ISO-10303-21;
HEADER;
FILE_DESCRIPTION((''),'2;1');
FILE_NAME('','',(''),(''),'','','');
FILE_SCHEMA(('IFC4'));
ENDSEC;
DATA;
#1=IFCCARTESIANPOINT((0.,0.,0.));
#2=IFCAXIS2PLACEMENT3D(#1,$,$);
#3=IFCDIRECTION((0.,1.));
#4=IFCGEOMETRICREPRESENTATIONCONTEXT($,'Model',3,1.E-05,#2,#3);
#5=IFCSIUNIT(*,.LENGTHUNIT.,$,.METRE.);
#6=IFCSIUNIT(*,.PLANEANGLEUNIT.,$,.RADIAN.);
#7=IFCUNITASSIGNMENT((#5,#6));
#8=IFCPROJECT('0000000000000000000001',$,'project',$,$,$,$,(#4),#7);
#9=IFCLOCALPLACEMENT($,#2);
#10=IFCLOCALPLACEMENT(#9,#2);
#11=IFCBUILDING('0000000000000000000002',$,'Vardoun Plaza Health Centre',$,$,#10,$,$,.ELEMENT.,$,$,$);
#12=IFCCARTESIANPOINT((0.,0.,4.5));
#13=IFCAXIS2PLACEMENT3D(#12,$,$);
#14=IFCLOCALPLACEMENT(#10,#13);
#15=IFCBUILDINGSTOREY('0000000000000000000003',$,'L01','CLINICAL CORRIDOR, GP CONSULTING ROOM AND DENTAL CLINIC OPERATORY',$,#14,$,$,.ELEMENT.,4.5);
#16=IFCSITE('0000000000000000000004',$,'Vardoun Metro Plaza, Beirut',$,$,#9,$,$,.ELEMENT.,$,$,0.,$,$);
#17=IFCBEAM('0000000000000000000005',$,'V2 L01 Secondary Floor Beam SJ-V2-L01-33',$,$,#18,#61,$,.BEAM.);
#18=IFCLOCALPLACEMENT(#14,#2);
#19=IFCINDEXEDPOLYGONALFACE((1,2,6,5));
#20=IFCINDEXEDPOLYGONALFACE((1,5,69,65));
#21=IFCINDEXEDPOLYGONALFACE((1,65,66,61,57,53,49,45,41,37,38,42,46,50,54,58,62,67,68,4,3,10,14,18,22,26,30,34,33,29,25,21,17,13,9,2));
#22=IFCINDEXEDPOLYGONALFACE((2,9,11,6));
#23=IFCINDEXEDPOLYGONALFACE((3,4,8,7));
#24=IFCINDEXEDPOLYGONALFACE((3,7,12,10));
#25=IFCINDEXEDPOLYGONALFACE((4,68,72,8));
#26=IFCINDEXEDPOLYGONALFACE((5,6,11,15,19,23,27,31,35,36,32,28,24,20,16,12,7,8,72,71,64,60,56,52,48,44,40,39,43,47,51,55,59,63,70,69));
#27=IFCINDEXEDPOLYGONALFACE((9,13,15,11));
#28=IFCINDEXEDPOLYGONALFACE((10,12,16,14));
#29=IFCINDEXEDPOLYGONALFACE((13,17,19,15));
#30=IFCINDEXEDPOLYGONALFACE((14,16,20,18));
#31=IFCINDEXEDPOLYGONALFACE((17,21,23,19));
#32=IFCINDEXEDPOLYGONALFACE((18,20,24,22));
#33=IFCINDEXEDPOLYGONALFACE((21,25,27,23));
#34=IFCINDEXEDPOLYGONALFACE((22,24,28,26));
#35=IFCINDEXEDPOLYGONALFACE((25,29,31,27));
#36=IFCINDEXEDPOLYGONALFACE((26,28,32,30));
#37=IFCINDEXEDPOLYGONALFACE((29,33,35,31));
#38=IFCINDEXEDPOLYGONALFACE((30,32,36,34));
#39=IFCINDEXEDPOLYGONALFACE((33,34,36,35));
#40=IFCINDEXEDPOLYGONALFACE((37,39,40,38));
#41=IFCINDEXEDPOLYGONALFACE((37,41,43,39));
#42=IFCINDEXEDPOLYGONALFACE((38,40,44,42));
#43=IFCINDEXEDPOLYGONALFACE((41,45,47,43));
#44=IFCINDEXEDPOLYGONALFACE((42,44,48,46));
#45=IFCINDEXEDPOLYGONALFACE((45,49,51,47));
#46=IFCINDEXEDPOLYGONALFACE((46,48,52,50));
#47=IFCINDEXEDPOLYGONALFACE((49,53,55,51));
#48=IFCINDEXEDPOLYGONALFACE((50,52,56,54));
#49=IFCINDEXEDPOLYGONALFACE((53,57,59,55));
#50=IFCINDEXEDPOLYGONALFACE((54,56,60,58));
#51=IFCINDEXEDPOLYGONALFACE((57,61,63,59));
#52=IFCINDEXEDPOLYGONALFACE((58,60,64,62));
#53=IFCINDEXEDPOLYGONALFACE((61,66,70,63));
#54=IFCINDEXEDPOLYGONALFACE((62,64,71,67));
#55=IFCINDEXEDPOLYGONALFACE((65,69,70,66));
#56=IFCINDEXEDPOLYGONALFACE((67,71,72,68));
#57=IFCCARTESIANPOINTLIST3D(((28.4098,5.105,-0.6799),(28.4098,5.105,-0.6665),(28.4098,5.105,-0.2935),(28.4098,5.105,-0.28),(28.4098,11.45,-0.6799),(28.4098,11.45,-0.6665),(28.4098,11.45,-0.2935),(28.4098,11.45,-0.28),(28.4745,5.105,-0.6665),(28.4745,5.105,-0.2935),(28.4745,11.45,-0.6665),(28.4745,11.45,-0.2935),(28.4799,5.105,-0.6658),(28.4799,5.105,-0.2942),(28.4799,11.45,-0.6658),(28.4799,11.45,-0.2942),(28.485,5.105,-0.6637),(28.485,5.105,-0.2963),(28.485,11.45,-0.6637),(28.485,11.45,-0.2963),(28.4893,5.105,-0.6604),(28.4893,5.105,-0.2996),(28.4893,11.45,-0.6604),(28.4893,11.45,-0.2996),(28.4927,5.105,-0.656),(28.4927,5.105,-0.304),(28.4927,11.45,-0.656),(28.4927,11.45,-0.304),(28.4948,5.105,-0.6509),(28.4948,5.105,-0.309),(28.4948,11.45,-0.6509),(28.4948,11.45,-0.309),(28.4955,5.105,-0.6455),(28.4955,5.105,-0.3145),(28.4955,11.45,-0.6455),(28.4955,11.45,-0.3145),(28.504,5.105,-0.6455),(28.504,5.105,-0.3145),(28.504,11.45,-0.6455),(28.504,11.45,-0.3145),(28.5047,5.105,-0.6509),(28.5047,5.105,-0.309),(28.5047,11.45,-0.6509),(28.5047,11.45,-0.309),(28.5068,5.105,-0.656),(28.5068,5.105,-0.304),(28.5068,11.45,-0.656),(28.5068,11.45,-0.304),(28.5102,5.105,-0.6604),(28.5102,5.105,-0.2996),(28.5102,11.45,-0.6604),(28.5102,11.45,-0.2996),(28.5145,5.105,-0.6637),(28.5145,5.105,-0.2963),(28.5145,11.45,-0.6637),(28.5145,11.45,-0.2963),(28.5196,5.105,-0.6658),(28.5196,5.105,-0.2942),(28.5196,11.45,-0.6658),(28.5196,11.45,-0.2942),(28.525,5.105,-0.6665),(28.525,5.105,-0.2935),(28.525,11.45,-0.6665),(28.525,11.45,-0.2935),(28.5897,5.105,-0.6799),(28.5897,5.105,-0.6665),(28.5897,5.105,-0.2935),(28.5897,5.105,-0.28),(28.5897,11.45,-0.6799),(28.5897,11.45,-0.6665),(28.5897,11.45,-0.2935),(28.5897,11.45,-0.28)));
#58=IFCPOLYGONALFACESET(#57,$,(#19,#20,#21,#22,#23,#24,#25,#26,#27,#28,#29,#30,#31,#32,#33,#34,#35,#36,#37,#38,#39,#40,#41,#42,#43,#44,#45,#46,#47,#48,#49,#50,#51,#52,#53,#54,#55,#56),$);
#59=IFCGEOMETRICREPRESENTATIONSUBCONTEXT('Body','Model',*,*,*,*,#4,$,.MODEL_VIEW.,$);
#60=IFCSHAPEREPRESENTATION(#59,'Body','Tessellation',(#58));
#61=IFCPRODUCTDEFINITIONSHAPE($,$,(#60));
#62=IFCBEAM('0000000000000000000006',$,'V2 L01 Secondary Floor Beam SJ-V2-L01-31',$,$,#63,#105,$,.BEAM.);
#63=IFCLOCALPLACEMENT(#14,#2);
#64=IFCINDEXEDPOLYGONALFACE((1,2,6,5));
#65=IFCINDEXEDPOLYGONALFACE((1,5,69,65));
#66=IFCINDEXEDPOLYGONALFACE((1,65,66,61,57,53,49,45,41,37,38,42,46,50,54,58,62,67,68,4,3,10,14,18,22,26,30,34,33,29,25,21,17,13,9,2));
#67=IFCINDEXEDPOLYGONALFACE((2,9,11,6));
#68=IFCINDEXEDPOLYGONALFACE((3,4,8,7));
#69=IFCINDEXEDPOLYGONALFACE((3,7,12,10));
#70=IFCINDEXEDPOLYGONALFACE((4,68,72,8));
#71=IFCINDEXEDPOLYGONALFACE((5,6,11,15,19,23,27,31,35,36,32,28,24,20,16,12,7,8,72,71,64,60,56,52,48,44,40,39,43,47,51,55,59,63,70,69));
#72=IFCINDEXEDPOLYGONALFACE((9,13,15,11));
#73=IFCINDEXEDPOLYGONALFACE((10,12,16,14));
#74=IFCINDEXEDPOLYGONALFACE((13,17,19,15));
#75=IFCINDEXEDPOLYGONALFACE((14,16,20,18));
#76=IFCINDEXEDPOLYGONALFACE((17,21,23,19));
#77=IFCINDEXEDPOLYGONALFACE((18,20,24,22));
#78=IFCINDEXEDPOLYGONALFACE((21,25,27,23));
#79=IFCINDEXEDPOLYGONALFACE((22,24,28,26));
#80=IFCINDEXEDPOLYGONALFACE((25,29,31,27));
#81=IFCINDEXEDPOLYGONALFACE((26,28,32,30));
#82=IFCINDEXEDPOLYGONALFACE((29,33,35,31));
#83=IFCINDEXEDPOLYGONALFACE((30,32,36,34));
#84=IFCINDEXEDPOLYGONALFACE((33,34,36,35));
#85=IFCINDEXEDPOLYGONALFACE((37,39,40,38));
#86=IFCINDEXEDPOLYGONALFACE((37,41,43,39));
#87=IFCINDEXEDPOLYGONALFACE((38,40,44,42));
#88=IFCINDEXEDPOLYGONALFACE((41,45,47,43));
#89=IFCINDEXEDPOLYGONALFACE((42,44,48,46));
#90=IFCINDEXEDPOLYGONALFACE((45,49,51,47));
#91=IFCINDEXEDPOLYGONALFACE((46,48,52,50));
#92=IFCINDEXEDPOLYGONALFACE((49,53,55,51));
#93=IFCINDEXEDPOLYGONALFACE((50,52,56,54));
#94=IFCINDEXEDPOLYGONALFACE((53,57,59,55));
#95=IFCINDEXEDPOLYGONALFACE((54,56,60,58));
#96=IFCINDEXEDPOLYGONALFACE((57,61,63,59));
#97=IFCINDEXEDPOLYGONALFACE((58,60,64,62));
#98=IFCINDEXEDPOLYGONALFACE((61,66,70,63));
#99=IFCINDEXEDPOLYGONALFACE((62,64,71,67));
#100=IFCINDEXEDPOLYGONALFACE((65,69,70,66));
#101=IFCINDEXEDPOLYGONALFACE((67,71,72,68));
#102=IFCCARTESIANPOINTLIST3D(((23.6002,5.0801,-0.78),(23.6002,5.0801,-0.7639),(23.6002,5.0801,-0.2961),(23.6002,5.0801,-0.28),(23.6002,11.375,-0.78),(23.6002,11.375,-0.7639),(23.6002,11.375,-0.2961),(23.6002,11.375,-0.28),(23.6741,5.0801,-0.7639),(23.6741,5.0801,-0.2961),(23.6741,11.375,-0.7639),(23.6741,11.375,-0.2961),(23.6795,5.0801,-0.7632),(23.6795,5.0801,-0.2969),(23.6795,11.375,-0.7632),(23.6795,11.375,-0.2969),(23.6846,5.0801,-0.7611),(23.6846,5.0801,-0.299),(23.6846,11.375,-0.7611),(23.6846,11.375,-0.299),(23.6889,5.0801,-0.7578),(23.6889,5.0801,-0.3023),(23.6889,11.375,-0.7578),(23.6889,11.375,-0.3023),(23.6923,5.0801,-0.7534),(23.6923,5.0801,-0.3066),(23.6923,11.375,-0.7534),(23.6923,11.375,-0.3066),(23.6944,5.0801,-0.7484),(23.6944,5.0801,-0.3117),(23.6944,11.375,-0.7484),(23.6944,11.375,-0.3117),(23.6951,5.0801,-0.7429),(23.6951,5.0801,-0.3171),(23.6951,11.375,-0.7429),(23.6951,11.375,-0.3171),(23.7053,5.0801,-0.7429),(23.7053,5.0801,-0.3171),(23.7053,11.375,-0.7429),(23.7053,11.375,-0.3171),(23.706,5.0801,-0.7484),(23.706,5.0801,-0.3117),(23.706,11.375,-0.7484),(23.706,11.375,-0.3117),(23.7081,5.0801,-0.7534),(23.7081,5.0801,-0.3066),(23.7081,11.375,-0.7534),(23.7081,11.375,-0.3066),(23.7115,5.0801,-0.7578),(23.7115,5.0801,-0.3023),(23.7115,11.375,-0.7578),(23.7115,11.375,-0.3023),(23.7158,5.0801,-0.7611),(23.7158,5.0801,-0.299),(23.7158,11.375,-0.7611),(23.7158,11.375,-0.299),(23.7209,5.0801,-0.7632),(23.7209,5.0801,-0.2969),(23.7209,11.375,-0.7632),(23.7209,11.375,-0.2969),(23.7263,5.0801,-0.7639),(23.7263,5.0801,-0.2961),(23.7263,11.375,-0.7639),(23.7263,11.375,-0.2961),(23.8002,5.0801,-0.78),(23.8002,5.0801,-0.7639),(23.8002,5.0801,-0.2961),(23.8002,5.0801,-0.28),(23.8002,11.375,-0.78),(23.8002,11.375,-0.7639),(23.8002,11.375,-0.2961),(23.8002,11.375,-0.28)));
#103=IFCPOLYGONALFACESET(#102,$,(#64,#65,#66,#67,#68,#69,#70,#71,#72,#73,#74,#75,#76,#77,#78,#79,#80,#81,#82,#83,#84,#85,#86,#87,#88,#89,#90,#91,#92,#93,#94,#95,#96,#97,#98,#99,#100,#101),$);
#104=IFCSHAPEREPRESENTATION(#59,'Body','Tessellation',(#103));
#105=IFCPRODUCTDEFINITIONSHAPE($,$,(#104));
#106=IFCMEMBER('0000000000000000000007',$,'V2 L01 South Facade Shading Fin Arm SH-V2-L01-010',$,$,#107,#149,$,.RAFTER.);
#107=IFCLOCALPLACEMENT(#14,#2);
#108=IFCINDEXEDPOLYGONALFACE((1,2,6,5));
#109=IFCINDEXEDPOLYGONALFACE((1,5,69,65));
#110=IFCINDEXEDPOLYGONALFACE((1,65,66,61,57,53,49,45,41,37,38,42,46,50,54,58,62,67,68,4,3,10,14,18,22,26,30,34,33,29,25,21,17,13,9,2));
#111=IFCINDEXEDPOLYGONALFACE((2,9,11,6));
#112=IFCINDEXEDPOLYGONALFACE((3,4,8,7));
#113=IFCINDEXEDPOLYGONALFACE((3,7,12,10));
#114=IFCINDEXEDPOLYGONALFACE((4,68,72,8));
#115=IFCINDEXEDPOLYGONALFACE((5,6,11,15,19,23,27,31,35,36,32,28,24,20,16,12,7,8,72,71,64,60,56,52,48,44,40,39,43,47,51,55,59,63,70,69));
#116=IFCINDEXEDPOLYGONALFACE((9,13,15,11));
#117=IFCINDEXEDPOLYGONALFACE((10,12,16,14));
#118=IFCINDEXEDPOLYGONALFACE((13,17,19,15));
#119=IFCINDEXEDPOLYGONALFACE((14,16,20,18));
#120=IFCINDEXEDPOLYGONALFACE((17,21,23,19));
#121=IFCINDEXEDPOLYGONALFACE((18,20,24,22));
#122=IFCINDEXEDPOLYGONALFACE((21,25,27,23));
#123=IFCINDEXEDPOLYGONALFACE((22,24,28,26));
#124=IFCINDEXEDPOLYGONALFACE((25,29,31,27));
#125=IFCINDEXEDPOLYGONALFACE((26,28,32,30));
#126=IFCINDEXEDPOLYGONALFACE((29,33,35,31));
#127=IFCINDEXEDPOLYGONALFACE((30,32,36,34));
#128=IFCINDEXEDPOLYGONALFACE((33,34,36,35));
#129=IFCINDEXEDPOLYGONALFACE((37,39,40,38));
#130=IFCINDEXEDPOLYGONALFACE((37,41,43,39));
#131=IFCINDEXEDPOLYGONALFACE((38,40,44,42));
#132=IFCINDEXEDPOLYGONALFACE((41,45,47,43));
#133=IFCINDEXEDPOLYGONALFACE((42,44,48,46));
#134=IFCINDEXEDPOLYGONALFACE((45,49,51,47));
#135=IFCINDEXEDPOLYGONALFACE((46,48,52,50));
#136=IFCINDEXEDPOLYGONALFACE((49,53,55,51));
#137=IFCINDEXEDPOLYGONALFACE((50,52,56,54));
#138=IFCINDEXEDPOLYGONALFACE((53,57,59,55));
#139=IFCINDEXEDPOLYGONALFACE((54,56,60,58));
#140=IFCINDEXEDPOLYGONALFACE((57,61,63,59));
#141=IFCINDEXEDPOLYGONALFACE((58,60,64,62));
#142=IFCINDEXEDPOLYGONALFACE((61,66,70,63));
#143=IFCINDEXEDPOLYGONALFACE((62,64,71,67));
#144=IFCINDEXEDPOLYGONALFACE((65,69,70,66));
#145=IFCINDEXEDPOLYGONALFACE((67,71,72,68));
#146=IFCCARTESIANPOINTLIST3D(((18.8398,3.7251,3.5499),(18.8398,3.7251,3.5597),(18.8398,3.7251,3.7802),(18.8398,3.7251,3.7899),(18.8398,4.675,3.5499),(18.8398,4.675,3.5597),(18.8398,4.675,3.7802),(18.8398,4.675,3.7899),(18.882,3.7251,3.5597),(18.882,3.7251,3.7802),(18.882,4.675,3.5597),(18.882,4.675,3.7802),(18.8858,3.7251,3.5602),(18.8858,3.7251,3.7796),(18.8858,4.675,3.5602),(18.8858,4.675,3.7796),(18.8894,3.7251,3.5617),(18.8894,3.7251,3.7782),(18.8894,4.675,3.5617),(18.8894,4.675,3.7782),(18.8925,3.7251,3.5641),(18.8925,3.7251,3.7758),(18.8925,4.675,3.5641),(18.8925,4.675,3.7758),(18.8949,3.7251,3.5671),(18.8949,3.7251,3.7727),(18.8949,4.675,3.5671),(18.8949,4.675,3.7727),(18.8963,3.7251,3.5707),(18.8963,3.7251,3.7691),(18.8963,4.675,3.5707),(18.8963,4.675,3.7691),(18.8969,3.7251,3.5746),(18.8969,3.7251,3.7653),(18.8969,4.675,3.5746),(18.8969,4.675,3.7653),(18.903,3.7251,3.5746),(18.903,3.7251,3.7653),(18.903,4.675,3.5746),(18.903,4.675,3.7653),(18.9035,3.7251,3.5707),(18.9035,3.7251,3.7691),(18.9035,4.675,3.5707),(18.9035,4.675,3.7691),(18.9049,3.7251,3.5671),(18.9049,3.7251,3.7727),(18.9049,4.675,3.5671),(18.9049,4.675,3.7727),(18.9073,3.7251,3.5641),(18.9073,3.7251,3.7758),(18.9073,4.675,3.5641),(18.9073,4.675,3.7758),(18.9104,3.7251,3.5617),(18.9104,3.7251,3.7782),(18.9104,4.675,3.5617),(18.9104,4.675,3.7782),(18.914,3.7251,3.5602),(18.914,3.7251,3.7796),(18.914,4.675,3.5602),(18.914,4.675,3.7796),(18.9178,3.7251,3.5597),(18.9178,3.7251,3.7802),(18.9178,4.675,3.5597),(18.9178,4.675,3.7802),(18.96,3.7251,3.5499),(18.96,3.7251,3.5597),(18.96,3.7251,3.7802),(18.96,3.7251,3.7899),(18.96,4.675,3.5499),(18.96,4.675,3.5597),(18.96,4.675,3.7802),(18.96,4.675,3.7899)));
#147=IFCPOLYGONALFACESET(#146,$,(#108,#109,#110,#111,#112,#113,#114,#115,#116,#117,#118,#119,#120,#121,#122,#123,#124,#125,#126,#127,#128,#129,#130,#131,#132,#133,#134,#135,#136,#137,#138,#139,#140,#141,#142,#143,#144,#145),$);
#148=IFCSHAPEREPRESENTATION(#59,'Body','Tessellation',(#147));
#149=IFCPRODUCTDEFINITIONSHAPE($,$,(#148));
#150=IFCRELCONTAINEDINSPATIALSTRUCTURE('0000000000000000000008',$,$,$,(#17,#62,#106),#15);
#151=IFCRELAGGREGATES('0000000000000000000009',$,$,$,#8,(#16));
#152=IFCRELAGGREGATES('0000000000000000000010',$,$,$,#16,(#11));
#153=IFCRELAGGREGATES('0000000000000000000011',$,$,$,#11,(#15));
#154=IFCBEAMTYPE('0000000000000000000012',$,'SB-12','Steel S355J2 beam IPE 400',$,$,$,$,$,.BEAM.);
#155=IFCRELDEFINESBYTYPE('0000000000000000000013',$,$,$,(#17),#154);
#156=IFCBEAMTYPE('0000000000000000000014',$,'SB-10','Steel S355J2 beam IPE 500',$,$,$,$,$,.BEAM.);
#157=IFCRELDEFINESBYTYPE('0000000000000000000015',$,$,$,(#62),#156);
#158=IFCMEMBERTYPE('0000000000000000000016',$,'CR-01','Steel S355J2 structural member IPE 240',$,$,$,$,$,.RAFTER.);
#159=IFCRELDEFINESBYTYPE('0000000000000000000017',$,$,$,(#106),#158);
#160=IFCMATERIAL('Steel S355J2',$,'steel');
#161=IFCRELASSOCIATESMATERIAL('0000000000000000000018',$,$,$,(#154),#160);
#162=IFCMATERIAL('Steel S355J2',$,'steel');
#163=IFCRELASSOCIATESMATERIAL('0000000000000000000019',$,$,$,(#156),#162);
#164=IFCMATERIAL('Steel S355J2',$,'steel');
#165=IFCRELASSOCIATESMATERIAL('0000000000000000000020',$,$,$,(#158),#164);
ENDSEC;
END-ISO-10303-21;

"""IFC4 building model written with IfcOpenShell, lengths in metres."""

from ifc_helpers import new_model, si_unit, direction, frame, origin, origin_2d, place, context, subcontext, project, spatial, i_section, extrude, material, material_profile, profile_set, type_object, element, save


model = new_model("IFC4")

# Units and contexts
model_context = context("Model", 3, precision=1e-05, world=origin(), true_north=direction((0.0, 1.0)))
body_context = subcontext(model_context, "Body", "Model", "MODEL_VIEW")
ifc_project = project(units=[si_unit("LENGTHUNIT", "METRE"), si_unit("PLANEANGLEUNIT", "RADIAN")], contexts=[model_context])

# Site, building, storey
site_placement = place(None, origin())
site = spatial("IfcSite", under=ifc_project, at=site_placement, Name="Vardoun Metro Plaza, Beirut", CompositionType="ELEMENT", RefElevation=0.0)
building_placement = place(site_placement, origin())
building = spatial("IfcBuilding", under=site, at=building_placement, Name="Vardoun Plaza Health Centre", CompositionType="ELEMENT")
storey_placement = place(building_placement, frame((0.0, 0.0, 4.5)))
storey = spatial("IfcBuildingStorey", under=building, at=storey_placement, Name="L01", Description="CLINICAL CORRIDOR, GP CONSULTING ROOM AND DENTAL CLINIC OPERATORY", CompositionType="ELEMENT", Elevation=4.5)

# Beams
ifc_material_1 = material(Name="Steel S355J2", Category="steel")
ifc_material_profile_1 = material_profile(ifc_material_1, i_section(OverallWidth=0.1799, OverallDepth=0.3999, WebThickness=0.0085, FlangeThickness=0.0134, FilletRadius=0.021, at=origin_2d()), Name="IPE 400")
ifc_profile_set_1 = profile_set([ifc_material_profile_1], Name="Steel S355J2")
beam_type_1 = type_object("IfcBeamType", Name="SB-12", Description="Steel S355J2 beam IPE 400", PredefinedType="BEAM", material=ifc_profile_set_1)
beam_1_placement = place(storey_placement, frame((28.4998, 5.105, -0.48), z_axis=(0.0, 1.0, 0.0), x_axis=(-1.0, 0.0, 0.0)))
element("IfcBeam", 1, at=beam_1_placement, inside=storey, type_object=beam_type_1, Name="V2 L01 Secondary Floor Beam SJ-V2-L01-33", PredefinedType="BEAM", context=body_context, shape_type="SweptSolid", body=[
    extrude(i_section(OverallWidth=0.1799, OverallDepth=0.3999, WebThickness=0.0085, FlangeThickness=0.0134, FilletRadius=0.021, at=origin_2d()), origin(), (0.0, 0.0, 1.0), 6.345),
])
ifc_material_2 = material(Name="Steel S355J2", Category="steel")
ifc_material_profile_2 = material_profile(ifc_material_2, i_section(OverallWidth=0.2, OverallDepth=0.5, WebThickness=0.0103, FlangeThickness=0.0161, FilletRadius=0.021, at=origin_2d()), Name="IPE 500")
ifc_profile_set_2 = profile_set([ifc_material_profile_2], Name="Steel S355J2")
beam_type_2 = type_object("IfcBeamType", Name="SB-10", Description="Steel S355J2 beam IPE 500", PredefinedType="BEAM", material=ifc_profile_set_2)
beam_2_placement = place(storey_placement, frame((23.7002, 5.0801, -0.53), z_axis=(0.0, 1.0, 0.0), x_axis=(-1.0, 0.0, 0.0)))
element("IfcBeam", 2, at=beam_2_placement, inside=storey, type_object=beam_type_2, Name="V2 L01 Secondary Floor Beam SJ-V2-L01-31", PredefinedType="BEAM", context=body_context, shape_type="SweptSolid", body=[
    extrude(i_section(OverallWidth=0.2, OverallDepth=0.5, WebThickness=0.0103, FlangeThickness=0.0161, FilletRadius=0.021, at=origin_2d()), origin(), (0.0, 0.0, 1.0), 6.2949),
])

# Member
ifc_material_3 = material(Name="Steel S355J2", Category="steel")
ifc_material_profile_3 = material_profile(ifc_material_3, i_section(OverallWidth=0.1201, OverallDepth=0.24, WebThickness=0.0061, FlangeThickness=0.0098, FilletRadius=0.0149, at=origin_2d()), Name="IPE 240")
ifc_profile_set_3 = profile_set([ifc_material_profile_3], Name="Steel S355J2")
member_type_1 = type_object("IfcMemberType", Name="CR-01", Description="Steel S355J2 structural member IPE 240", PredefinedType="RAFTER", material=ifc_profile_set_3)
member_1_placement = place(storey_placement, frame((18.8999, 4.675, 3.6699), z_axis=(0.0, -1.0, 0.0), x_axis=(1.0, 0.0, 0.0)))
element("IfcMember", 3, at=member_1_placement, inside=storey, type_object=member_type_1, Name="V2 L01 South Facade Shading Fin Arm SH-V2-L01-010", PredefinedType="RAFTER", context=body_context, shape_type="SweptSolid", body=[
    extrude(i_section(OverallWidth=0.1201, OverallDepth=0.24, WebThickness=0.0061, FlangeThickness=0.0098, FilletRadius=0.0149, at=origin_2d()), origin(), (0.0, 0.0, 1.0), 0.95),
])

save(model, "model.ifc")
